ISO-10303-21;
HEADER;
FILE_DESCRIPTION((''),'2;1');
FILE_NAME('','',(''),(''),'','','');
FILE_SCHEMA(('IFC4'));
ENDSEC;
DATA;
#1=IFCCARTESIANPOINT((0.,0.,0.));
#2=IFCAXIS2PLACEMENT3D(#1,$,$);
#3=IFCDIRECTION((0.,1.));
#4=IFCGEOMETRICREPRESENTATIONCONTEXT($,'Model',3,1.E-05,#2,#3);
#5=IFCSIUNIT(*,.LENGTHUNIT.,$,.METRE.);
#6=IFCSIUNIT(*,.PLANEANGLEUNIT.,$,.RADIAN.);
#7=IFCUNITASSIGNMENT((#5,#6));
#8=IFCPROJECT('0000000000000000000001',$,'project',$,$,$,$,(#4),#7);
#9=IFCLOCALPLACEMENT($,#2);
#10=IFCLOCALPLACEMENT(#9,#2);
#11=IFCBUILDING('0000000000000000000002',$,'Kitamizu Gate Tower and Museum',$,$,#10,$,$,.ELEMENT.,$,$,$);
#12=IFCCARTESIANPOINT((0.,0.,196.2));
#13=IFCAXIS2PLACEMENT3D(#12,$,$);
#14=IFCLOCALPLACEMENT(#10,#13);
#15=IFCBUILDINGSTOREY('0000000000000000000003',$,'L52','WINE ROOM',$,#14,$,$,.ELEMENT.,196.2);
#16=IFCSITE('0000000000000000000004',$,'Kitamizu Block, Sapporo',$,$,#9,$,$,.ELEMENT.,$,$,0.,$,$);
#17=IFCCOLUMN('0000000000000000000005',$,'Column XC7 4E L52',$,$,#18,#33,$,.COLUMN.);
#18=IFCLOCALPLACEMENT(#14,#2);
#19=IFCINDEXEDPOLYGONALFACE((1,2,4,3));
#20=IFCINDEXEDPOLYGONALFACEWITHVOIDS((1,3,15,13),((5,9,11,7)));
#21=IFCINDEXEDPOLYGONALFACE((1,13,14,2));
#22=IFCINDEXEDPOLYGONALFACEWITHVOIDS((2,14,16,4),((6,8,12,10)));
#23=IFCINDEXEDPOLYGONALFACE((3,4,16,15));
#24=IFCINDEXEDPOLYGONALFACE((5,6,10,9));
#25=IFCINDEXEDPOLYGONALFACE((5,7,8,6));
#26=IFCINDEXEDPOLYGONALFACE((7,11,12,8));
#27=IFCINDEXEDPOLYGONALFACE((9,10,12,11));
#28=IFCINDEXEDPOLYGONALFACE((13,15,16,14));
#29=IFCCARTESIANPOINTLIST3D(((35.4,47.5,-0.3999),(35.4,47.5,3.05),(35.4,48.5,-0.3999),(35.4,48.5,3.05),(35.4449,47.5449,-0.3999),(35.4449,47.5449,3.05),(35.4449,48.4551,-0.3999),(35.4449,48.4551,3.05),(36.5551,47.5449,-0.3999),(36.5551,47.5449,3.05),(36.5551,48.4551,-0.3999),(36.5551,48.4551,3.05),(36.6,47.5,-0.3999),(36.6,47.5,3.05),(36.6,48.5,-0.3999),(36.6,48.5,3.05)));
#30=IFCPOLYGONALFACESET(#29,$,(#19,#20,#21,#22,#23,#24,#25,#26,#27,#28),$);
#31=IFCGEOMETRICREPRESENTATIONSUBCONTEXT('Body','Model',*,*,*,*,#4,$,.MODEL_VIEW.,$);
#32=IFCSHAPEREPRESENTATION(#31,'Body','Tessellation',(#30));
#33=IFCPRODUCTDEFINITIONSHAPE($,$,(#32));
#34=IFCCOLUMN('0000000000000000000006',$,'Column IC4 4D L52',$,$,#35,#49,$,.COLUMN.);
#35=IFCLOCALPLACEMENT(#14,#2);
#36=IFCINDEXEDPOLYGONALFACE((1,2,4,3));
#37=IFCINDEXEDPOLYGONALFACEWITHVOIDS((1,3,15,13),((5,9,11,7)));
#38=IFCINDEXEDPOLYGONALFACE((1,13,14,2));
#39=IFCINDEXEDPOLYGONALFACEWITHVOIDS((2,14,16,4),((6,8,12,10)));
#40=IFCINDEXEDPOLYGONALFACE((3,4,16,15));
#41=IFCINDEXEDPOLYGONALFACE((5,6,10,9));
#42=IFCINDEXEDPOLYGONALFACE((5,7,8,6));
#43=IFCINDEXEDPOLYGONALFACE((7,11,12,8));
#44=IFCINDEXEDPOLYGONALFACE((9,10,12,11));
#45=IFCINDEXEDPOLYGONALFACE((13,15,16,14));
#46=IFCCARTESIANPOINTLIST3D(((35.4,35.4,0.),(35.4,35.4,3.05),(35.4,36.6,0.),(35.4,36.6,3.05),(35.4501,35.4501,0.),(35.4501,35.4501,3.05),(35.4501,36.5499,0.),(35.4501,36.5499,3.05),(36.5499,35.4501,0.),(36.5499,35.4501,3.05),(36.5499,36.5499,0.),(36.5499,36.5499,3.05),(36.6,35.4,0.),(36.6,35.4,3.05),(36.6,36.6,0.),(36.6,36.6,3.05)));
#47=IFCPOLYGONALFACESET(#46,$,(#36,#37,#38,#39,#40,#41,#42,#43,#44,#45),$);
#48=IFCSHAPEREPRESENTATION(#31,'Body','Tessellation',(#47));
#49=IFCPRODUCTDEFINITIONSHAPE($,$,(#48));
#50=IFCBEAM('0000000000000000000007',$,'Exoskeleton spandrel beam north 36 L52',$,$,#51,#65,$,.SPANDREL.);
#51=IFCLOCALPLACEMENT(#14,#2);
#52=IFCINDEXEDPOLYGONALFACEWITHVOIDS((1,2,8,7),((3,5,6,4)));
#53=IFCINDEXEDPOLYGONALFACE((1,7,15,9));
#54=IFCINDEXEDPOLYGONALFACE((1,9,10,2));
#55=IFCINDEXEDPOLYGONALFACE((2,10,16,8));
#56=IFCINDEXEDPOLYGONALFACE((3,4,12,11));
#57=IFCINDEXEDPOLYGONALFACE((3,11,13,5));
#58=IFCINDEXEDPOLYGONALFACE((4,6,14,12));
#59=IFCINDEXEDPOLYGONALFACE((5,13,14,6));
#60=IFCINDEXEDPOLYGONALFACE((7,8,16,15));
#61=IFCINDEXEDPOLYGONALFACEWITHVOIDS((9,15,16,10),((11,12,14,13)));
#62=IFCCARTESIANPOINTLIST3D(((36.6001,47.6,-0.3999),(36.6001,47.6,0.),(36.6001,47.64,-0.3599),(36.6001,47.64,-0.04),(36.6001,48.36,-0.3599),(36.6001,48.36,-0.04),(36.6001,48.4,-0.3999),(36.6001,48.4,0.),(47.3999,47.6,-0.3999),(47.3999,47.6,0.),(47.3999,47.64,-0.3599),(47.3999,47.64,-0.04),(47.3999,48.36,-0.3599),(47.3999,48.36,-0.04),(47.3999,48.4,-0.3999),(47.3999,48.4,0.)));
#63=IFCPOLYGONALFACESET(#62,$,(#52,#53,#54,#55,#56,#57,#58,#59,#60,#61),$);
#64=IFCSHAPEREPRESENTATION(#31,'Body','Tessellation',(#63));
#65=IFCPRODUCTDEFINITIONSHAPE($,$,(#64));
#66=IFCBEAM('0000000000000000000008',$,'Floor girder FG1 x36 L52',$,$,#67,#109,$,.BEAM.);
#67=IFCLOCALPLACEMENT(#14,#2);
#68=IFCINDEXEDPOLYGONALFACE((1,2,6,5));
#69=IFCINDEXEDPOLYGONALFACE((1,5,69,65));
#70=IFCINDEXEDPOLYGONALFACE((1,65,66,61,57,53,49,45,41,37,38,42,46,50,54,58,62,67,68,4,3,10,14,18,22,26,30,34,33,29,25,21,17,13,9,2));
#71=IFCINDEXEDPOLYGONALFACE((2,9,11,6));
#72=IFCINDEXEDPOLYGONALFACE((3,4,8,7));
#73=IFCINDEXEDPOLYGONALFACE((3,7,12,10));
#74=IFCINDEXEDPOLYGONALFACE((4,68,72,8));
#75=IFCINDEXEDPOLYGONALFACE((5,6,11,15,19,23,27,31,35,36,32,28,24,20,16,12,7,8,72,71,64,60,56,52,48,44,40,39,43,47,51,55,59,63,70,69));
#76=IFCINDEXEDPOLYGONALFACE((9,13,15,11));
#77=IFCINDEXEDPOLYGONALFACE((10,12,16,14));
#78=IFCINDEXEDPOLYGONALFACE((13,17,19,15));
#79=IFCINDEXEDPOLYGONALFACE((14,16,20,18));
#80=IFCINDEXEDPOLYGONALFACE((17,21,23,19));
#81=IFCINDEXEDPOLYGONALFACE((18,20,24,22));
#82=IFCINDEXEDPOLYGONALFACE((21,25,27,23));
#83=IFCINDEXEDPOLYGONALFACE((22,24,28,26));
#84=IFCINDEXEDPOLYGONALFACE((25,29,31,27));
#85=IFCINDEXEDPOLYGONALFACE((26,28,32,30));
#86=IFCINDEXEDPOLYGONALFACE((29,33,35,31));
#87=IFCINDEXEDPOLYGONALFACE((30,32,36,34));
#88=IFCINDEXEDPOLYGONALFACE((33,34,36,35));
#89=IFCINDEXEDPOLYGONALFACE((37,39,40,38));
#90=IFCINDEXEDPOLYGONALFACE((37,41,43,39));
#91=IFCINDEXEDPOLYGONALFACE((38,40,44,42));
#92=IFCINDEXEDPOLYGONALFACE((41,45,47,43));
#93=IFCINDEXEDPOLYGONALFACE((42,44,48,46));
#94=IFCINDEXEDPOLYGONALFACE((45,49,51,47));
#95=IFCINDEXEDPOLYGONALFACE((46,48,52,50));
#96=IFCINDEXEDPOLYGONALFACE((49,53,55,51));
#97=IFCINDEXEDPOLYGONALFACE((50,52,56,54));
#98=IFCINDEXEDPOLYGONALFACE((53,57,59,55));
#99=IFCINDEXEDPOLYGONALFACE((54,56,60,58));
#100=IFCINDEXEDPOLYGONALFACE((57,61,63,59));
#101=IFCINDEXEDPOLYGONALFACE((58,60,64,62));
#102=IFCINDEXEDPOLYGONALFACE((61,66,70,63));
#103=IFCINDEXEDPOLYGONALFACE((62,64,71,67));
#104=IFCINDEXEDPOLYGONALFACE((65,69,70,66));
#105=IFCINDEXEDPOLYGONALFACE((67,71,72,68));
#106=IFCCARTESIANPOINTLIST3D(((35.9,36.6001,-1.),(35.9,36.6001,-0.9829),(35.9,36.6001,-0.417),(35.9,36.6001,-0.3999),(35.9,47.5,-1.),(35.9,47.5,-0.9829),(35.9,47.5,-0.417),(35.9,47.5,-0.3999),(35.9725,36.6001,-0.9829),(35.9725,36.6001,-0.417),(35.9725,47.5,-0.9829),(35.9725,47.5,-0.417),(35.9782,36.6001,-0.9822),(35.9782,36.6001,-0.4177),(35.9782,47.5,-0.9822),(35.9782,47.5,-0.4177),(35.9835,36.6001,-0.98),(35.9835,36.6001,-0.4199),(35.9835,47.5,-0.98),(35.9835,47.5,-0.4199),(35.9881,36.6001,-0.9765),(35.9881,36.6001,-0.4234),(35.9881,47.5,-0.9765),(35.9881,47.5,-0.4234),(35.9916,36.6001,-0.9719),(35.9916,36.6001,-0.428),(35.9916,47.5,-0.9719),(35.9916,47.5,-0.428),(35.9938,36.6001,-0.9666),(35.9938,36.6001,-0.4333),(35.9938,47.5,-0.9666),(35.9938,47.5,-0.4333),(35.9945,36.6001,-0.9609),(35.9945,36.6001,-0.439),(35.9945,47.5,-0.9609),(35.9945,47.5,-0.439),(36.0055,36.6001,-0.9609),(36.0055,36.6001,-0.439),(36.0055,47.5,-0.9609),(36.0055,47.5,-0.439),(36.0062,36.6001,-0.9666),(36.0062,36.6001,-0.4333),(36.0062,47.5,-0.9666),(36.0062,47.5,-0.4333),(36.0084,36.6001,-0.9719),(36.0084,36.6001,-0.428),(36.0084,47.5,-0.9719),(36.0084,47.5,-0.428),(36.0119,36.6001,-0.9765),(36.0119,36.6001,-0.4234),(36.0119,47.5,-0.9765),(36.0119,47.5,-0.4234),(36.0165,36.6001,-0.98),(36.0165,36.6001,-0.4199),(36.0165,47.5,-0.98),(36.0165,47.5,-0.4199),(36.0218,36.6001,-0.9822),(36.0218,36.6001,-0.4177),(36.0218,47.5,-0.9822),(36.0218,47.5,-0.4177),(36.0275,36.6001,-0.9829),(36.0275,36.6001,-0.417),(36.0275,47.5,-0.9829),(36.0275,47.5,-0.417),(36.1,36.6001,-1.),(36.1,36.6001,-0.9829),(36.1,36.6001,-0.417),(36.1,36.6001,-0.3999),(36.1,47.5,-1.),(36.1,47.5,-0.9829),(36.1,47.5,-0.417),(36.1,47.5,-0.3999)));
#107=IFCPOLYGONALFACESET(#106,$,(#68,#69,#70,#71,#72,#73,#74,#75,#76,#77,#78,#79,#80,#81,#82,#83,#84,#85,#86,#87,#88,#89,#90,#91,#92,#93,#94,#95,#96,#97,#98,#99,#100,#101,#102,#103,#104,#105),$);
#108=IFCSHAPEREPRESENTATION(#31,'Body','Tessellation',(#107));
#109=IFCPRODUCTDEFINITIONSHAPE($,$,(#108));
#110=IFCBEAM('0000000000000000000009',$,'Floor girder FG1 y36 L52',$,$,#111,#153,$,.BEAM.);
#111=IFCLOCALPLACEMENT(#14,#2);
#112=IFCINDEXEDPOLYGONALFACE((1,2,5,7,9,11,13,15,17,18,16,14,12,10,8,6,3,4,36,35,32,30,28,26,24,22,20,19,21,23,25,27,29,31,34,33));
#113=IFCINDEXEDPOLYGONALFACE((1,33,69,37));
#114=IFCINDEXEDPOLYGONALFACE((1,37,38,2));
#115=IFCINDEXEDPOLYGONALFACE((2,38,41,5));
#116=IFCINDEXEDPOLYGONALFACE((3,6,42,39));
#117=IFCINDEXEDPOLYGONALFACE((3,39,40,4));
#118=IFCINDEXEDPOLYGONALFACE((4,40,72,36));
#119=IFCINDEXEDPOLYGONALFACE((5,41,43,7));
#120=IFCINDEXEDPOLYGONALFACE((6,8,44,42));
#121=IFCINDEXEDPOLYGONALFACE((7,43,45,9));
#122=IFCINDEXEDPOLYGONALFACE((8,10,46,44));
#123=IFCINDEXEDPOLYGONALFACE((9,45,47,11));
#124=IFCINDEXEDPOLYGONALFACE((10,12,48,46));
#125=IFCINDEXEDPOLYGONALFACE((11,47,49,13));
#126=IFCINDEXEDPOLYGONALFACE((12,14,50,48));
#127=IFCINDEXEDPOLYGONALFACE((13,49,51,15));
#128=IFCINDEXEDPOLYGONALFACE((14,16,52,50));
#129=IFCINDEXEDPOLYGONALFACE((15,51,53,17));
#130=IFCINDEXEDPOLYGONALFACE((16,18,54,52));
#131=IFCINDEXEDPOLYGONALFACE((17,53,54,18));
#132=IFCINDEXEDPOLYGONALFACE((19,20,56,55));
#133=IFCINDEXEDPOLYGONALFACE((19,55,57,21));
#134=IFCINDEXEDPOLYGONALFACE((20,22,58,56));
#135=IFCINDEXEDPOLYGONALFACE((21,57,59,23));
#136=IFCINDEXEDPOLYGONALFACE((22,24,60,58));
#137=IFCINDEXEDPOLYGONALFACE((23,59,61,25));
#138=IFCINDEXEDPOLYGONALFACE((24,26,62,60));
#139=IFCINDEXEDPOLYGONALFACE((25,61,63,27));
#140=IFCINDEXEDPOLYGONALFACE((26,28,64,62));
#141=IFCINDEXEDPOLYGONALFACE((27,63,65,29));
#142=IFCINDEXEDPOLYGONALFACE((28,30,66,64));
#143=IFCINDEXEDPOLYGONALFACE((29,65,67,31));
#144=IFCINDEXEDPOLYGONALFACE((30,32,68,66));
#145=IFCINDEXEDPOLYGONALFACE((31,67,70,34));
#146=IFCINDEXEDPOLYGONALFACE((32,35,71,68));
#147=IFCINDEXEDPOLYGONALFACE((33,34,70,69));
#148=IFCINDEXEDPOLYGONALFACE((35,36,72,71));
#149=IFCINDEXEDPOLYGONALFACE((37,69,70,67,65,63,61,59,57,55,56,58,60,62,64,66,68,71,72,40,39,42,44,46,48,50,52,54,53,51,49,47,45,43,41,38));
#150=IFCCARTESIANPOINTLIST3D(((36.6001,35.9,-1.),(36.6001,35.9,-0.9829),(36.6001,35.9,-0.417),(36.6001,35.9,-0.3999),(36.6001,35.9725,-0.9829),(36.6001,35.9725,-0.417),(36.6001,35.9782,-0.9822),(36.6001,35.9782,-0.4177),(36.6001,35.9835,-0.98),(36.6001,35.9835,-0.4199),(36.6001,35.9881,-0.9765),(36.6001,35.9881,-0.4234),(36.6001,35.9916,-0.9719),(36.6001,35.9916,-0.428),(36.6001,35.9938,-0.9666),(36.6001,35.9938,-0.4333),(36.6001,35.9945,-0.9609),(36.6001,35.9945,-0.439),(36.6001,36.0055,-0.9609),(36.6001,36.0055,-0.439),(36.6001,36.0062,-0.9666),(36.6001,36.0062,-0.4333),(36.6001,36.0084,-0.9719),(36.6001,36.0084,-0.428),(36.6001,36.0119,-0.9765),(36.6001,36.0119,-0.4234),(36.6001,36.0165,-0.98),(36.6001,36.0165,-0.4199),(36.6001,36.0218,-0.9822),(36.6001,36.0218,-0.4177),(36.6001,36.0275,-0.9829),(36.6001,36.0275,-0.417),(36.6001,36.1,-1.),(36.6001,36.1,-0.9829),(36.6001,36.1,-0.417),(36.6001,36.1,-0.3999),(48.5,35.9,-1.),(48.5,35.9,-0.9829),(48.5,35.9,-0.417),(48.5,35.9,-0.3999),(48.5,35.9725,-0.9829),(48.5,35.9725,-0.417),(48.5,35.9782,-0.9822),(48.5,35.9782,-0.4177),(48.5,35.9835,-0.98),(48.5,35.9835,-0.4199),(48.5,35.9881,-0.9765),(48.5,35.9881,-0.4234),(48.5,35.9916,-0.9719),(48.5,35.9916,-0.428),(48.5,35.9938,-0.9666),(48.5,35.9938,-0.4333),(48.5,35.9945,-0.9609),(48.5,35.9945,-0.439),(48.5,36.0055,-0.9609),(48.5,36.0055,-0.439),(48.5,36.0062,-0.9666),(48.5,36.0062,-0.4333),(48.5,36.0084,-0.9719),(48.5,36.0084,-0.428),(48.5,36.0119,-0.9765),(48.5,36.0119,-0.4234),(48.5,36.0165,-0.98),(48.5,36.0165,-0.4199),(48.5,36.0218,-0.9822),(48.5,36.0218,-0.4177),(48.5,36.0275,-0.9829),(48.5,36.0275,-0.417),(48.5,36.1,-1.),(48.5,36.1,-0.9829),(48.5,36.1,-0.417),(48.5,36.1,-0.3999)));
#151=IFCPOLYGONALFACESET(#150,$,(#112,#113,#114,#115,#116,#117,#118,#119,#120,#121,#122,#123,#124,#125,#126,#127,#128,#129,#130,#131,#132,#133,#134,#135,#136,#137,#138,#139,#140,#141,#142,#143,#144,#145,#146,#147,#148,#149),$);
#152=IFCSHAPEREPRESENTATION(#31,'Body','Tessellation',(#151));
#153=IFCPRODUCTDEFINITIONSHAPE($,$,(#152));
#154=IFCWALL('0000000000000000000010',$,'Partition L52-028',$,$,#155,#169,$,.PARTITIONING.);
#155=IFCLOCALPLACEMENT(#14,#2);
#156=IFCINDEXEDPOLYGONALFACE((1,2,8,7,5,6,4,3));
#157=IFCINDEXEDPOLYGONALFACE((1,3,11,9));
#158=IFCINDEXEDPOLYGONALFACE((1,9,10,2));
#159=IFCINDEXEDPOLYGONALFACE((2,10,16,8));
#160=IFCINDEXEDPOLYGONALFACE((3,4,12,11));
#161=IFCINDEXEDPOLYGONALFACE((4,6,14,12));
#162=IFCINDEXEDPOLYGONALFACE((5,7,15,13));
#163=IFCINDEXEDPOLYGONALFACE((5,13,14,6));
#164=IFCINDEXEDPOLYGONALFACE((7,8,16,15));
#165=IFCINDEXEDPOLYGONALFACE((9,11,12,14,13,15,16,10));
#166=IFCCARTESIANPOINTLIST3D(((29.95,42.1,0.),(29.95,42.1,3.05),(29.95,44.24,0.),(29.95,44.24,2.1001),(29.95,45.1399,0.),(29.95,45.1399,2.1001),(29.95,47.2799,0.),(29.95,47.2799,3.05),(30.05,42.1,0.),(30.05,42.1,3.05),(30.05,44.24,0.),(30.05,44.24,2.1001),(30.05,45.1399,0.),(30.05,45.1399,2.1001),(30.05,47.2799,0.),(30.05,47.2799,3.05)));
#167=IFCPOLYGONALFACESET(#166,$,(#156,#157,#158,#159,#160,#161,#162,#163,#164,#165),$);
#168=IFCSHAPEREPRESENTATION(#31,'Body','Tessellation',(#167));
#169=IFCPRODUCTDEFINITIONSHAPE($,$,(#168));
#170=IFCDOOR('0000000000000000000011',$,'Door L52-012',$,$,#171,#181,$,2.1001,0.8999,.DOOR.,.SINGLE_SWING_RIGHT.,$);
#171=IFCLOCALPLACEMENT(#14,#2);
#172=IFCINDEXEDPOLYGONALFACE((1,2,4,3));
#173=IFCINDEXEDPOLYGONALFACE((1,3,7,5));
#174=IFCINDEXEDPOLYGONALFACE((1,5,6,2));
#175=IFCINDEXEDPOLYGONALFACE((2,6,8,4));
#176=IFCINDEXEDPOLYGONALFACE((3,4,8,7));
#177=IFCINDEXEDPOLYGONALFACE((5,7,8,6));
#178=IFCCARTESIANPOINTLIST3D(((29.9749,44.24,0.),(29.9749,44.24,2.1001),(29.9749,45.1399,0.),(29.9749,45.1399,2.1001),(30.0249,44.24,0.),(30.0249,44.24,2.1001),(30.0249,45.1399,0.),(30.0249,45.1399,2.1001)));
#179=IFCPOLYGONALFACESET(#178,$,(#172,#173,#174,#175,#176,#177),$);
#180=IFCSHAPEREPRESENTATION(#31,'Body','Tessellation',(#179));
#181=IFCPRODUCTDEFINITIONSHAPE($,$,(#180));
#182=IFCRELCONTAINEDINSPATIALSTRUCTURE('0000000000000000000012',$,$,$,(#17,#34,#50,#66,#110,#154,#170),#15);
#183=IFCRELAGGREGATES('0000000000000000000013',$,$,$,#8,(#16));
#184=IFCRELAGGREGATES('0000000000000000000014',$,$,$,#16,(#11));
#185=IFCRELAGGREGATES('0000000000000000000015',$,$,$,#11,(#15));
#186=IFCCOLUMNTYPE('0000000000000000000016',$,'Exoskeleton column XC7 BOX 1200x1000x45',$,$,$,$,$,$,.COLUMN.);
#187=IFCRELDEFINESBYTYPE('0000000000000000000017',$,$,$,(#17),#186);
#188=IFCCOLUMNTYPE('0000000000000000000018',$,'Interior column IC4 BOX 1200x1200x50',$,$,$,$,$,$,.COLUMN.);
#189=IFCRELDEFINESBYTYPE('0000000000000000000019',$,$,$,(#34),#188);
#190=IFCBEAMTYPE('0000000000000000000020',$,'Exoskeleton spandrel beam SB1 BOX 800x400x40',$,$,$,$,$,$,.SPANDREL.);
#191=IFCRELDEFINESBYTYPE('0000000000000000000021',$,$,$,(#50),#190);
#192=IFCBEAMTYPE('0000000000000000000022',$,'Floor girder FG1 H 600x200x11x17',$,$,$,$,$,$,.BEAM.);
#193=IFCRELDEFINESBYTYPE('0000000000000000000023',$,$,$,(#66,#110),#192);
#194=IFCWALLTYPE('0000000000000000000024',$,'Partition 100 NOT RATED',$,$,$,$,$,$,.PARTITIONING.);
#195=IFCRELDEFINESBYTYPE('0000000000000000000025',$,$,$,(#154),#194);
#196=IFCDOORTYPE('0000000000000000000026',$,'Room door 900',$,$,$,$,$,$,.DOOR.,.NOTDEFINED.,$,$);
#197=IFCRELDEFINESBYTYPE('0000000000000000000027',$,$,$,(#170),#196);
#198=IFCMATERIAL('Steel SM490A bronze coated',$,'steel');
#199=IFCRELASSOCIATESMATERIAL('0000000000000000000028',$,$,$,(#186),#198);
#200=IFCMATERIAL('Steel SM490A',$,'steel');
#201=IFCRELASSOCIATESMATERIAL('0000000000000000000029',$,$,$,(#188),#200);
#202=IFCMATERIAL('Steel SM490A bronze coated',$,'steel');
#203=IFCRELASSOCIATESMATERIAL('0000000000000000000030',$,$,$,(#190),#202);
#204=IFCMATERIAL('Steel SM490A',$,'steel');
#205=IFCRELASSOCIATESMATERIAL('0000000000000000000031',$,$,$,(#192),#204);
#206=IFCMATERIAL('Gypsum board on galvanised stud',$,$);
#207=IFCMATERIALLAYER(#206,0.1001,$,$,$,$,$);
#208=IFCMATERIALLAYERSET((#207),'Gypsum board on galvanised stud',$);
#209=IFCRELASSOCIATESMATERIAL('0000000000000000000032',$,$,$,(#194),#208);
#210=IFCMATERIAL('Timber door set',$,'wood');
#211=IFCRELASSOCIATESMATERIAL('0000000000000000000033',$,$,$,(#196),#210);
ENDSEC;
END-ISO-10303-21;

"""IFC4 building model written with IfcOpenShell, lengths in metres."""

from ifc_helpers import new_model, si_unit, direction, frame, frame_2d, origin, origin_2d, place, context, subcontext, project, spatial, rectangle, hollow_rectangle, i_section, extrude, material, layer, layer_set, material_profile, profile_set, type_object, element, fill, save


model = new_model("IFC4")

# Units and contexts
model_context = context("Model", 3, precision=1e-05, world=origin(), true_north=direction((0.0, 1.0)))
body_context = subcontext(model_context, "Body", "Model", "MODEL_VIEW")
ifc_project = project(units=[si_unit("LENGTHUNIT", "METRE"), si_unit("PLANEANGLEUNIT", "RADIAN")], contexts=[model_context])

# Site, building, storey
site_placement = place(None, origin())
site = spatial("IfcSite", under=ifc_project, at=site_placement, Name="Kitamizu Block, Sapporo", CompositionType="ELEMENT", RefElevation=0.0)
building_placement = place(site_placement, origin())
building = spatial("IfcBuilding", under=site, at=building_placement, Name="Kitamizu Gate Tower and Museum", CompositionType="ELEMENT")
storey_placement = place(building_placement, frame((0.0, 0.0, 196.2)))
storey = spatial("IfcBuildingStorey", under=building, at=storey_placement, Name="L52", Description="WINE ROOM", CompositionType="ELEMENT", Elevation=196.2)

# Columns
ifc_material_1 = material(Name="Steel SM490A bronze coated", Category="steel")
ifc_material_profile_1 = material_profile(ifc_material_1, hollow_rectangle(XDim=1.2, YDim=1.0, WallThickness=0.0449, at=origin_2d()), Name="BOX 1200x1000x45")
ifc_profile_set_1 = profile_set([ifc_material_profile_1], Name="Steel SM490A bronze coated")
column_type_1 = type_object("IfcColumnType", Name="Exoskeleton column XC7 BOX 1200x1000x45", PredefinedType="COLUMN", material=ifc_profile_set_1)
column_1_placement = place(storey_placement, frame((36.0, 48.0, -0.3999), z_axis=(0.0, 0.0, 1.0), x_axis=(1.0, 0.0, 0.0)))
element("IfcColumn", 1, at=column_1_placement, inside=storey, type_object=column_type_1, Name="Column XC7 4E L52", PredefinedType="COLUMN", context=body_context, shape_type="SweptSolid", body=[
    extrude(hollow_rectangle(XDim=1.2, YDim=1.0, WallThickness=0.0449, at=origin_2d()), origin(), (0.0, 0.0, 1.0), 3.45),
])
ifc_material_2 = material(Name="Steel SM490A", Category="steel")
ifc_material_profile_2 = material_profile(ifc_material_2, hollow_rectangle(XDim=1.2, YDim=1.2, WallThickness=0.05, at=origin_2d()), Name="BOX 1200x1200x50")
ifc_profile_set_2 = profile_set([ifc_material_profile_2], Name="Steel SM490A")
column_type_2 = type_object("IfcColumnType", Name="Interior column IC4 BOX 1200x1200x50", PredefinedType="COLUMN", material=ifc_profile_set_2)
column_2_placement = place(storey_placement, frame((36.0, 36.0, 0.0), z_axis=(0.0, 0.0, 1.0), x_axis=(1.0, 0.0, 0.0)))
element("IfcColumn", 2, at=column_2_placement, inside=storey, type_object=column_type_2, Name="Column IC4 4D L52", PredefinedType="COLUMN", context=body_context, shape_type="SweptSolid", body=[
    extrude(hollow_rectangle(XDim=1.2, YDim=1.2, WallThickness=0.05, at=origin_2d()), origin(), (0.0, 0.0, 1.0), 3.05),
])

# Beams
ifc_material_3 = material(Name="Steel SM490A bronze coated", Category="steel")
ifc_material_profile_3 = material_profile(ifc_material_3, hollow_rectangle(XDim=0.8, YDim=0.3999, WallThickness=0.04, at=origin_2d()), Name="BOX 800x400x40")
ifc_profile_set_3 = profile_set([ifc_material_profile_3], Name="Steel SM490A bronze coated")
beam_type_1 = type_object("IfcBeamType", Name="Exoskeleton spandrel beam SB1 BOX 800x400x40", PredefinedType="SPANDREL", material=ifc_profile_set_3)
beam_1_placement = place(storey_placement, frame((36.6001, 48.0, -0.2), z_axis=(1.0, 0.0, 0.0), x_axis=(0.0, 1.0, 0.0)))
element("IfcBeam", 3, at=beam_1_placement, inside=storey, type_object=beam_type_1, Name="Exoskeleton spandrel beam north 36 L52", PredefinedType="SPANDREL", context=body_context, shape_type="SweptSolid", body=[
    extrude(hollow_rectangle(XDim=0.8, YDim=0.3999, WallThickness=0.04, at=origin_2d()), origin(), (0.0, 0.0, 1.0), 10.7998),
])
ifc_material_4 = material(Name="Steel SM490A", Category="steel")
ifc_material_profile_4 = material_profile(ifc_material_4, i_section(OverallWidth=0.2, OverallDepth=0.6001, WebThickness=0.011, FlangeThickness=0.0171, FilletRadius=0.022, at=origin_2d()), Name="H-600x200x11x17")
ifc_profile_set_4 = profile_set([ifc_material_profile_4], Name="Steel SM490A")
beam_type_2 = type_object("IfcBeamType", Name="Floor girder FG1 H 600x200x11x17", PredefinedType="BEAM", material=ifc_profile_set_4)
beam_2_placement = place(storey_placement, frame((36.0, 36.6001, -0.7), z_axis=(0.0, 1.0, 0.0), x_axis=(-1.0, 0.0, 0.0)))
element("IfcBeam", 4, at=beam_2_placement, inside=storey, type_object=beam_type_2, Name="Floor girder FG1 x36 L52", PredefinedType="BEAM", context=body_context, shape_type="SweptSolid", body=[
    extrude(i_section(OverallWidth=0.2, OverallDepth=0.6001, WebThickness=0.011, FlangeThickness=0.0171, FilletRadius=0.022, at=origin_2d()), origin(), (0.0, 0.0, 1.0), 10.8999),
])
beam_3_placement = place(storey_placement, frame((36.6001, 36.0, -0.7), z_axis=(1.0, 0.0, 0.0), x_axis=(0.0, 1.0, 0.0)))
element("IfcBeam", 5, at=beam_3_placement, inside=storey, type_object=beam_type_2, Name="Floor girder FG1 y36 L52", PredefinedType="BEAM", context=body_context, shape_type="SweptSolid", body=[
    extrude(i_section(OverallWidth=0.2, OverallDepth=0.6001, WebThickness=0.011, FlangeThickness=0.0171, FilletRadius=0.022, at=origin_2d()), origin(), (0.0, 0.0, 1.0), 11.8999),
])

# Wall, opening, door
ifc_material_5 = material(Name="Gypsum board on galvanised stud")
ifc_layer_1 = layer(ifc_material_5, 0.1001)
ifc_layer_set_1 = layer_set([ifc_layer_1], Name="Gypsum board on galvanised stud")
wall_type_1 = type_object("IfcWallType", Name="Partition 100 NOT RATED", PredefinedType="PARTITIONING", material=ifc_layer_set_1)
wall_1_placement = place(storey_placement, frame((30.0, 42.1001, 0.0), z_axis=(0.0, 0.0, 1.0), x_axis=(0.0, 1.0, 0.0)))
wall_1 = element("IfcWall", 6, at=wall_1_placement, inside=storey, type_object=wall_type_1, Name="Partition L52-028", PredefinedType="PARTITIONING", context=body_context, shape_type="SweptSolid", body=[
    extrude(rectangle(XDim=5.1799, YDim=0.1001, at=frame_2d((2.5898, 0.0))), origin(), (0.0, 0.0, 1.0), 3.05),
])
opening_1_placement = place(wall_1_placement, frame((2.1399, 0.0, 0.0)))
opening_1 = element("IfcOpeningElement", 7, at=opening_1_placement, cuts=wall_1, PredefinedType="OPENING", context=body_context, shape_type="SweptSolid", body=[
    extrude(rectangle(XDim=0.8999, YDim=2.1001, at=frame_2d((0.45, 1.05))), frame((0.0, 0.0601, 0.0), z_axis=(0.0, -1.0, 0.0), x_axis=(1.0, 0.0, 0.0)), (0.0, 0.0, 1.0), 0.1201),
])
ifc_material_6 = material(Name="Timber door set", Category="wood")
door_type_1 = type_object("IfcDoorType", Name="Room door 900", OperationType="NOTDEFINED", PredefinedType="DOOR", material=ifc_material_6)
door_1_placement = place(opening_1_placement, frame((0.8999, 0.0, 0.0), x_axis=(-1.0, 0.0, 0.0)))
door_1 = element("IfcDoor", 8, at=door_1_placement, inside=storey, type_object=door_type_1, Name="Door L52-012", OperationType="SINGLE_SWING_RIGHT", OverallHeight=2.1001, OverallWidth=0.8999, PredefinedType="DOOR", context=body_context, shape_type="SweptSolid", body=[
    extrude(rectangle(XDim=0.8999, YDim=2.1001, at=frame_2d((0.45, 1.05))), frame((0.0, 0.0249, 0.0), z_axis=(0.0, -1.0, 0.0), x_axis=(1.0, 0.0, 0.0)), (0.0, 0.0, 1.0), 0.05),
])
fill(opening_1, door_1)

save(model, "model.ifc")
